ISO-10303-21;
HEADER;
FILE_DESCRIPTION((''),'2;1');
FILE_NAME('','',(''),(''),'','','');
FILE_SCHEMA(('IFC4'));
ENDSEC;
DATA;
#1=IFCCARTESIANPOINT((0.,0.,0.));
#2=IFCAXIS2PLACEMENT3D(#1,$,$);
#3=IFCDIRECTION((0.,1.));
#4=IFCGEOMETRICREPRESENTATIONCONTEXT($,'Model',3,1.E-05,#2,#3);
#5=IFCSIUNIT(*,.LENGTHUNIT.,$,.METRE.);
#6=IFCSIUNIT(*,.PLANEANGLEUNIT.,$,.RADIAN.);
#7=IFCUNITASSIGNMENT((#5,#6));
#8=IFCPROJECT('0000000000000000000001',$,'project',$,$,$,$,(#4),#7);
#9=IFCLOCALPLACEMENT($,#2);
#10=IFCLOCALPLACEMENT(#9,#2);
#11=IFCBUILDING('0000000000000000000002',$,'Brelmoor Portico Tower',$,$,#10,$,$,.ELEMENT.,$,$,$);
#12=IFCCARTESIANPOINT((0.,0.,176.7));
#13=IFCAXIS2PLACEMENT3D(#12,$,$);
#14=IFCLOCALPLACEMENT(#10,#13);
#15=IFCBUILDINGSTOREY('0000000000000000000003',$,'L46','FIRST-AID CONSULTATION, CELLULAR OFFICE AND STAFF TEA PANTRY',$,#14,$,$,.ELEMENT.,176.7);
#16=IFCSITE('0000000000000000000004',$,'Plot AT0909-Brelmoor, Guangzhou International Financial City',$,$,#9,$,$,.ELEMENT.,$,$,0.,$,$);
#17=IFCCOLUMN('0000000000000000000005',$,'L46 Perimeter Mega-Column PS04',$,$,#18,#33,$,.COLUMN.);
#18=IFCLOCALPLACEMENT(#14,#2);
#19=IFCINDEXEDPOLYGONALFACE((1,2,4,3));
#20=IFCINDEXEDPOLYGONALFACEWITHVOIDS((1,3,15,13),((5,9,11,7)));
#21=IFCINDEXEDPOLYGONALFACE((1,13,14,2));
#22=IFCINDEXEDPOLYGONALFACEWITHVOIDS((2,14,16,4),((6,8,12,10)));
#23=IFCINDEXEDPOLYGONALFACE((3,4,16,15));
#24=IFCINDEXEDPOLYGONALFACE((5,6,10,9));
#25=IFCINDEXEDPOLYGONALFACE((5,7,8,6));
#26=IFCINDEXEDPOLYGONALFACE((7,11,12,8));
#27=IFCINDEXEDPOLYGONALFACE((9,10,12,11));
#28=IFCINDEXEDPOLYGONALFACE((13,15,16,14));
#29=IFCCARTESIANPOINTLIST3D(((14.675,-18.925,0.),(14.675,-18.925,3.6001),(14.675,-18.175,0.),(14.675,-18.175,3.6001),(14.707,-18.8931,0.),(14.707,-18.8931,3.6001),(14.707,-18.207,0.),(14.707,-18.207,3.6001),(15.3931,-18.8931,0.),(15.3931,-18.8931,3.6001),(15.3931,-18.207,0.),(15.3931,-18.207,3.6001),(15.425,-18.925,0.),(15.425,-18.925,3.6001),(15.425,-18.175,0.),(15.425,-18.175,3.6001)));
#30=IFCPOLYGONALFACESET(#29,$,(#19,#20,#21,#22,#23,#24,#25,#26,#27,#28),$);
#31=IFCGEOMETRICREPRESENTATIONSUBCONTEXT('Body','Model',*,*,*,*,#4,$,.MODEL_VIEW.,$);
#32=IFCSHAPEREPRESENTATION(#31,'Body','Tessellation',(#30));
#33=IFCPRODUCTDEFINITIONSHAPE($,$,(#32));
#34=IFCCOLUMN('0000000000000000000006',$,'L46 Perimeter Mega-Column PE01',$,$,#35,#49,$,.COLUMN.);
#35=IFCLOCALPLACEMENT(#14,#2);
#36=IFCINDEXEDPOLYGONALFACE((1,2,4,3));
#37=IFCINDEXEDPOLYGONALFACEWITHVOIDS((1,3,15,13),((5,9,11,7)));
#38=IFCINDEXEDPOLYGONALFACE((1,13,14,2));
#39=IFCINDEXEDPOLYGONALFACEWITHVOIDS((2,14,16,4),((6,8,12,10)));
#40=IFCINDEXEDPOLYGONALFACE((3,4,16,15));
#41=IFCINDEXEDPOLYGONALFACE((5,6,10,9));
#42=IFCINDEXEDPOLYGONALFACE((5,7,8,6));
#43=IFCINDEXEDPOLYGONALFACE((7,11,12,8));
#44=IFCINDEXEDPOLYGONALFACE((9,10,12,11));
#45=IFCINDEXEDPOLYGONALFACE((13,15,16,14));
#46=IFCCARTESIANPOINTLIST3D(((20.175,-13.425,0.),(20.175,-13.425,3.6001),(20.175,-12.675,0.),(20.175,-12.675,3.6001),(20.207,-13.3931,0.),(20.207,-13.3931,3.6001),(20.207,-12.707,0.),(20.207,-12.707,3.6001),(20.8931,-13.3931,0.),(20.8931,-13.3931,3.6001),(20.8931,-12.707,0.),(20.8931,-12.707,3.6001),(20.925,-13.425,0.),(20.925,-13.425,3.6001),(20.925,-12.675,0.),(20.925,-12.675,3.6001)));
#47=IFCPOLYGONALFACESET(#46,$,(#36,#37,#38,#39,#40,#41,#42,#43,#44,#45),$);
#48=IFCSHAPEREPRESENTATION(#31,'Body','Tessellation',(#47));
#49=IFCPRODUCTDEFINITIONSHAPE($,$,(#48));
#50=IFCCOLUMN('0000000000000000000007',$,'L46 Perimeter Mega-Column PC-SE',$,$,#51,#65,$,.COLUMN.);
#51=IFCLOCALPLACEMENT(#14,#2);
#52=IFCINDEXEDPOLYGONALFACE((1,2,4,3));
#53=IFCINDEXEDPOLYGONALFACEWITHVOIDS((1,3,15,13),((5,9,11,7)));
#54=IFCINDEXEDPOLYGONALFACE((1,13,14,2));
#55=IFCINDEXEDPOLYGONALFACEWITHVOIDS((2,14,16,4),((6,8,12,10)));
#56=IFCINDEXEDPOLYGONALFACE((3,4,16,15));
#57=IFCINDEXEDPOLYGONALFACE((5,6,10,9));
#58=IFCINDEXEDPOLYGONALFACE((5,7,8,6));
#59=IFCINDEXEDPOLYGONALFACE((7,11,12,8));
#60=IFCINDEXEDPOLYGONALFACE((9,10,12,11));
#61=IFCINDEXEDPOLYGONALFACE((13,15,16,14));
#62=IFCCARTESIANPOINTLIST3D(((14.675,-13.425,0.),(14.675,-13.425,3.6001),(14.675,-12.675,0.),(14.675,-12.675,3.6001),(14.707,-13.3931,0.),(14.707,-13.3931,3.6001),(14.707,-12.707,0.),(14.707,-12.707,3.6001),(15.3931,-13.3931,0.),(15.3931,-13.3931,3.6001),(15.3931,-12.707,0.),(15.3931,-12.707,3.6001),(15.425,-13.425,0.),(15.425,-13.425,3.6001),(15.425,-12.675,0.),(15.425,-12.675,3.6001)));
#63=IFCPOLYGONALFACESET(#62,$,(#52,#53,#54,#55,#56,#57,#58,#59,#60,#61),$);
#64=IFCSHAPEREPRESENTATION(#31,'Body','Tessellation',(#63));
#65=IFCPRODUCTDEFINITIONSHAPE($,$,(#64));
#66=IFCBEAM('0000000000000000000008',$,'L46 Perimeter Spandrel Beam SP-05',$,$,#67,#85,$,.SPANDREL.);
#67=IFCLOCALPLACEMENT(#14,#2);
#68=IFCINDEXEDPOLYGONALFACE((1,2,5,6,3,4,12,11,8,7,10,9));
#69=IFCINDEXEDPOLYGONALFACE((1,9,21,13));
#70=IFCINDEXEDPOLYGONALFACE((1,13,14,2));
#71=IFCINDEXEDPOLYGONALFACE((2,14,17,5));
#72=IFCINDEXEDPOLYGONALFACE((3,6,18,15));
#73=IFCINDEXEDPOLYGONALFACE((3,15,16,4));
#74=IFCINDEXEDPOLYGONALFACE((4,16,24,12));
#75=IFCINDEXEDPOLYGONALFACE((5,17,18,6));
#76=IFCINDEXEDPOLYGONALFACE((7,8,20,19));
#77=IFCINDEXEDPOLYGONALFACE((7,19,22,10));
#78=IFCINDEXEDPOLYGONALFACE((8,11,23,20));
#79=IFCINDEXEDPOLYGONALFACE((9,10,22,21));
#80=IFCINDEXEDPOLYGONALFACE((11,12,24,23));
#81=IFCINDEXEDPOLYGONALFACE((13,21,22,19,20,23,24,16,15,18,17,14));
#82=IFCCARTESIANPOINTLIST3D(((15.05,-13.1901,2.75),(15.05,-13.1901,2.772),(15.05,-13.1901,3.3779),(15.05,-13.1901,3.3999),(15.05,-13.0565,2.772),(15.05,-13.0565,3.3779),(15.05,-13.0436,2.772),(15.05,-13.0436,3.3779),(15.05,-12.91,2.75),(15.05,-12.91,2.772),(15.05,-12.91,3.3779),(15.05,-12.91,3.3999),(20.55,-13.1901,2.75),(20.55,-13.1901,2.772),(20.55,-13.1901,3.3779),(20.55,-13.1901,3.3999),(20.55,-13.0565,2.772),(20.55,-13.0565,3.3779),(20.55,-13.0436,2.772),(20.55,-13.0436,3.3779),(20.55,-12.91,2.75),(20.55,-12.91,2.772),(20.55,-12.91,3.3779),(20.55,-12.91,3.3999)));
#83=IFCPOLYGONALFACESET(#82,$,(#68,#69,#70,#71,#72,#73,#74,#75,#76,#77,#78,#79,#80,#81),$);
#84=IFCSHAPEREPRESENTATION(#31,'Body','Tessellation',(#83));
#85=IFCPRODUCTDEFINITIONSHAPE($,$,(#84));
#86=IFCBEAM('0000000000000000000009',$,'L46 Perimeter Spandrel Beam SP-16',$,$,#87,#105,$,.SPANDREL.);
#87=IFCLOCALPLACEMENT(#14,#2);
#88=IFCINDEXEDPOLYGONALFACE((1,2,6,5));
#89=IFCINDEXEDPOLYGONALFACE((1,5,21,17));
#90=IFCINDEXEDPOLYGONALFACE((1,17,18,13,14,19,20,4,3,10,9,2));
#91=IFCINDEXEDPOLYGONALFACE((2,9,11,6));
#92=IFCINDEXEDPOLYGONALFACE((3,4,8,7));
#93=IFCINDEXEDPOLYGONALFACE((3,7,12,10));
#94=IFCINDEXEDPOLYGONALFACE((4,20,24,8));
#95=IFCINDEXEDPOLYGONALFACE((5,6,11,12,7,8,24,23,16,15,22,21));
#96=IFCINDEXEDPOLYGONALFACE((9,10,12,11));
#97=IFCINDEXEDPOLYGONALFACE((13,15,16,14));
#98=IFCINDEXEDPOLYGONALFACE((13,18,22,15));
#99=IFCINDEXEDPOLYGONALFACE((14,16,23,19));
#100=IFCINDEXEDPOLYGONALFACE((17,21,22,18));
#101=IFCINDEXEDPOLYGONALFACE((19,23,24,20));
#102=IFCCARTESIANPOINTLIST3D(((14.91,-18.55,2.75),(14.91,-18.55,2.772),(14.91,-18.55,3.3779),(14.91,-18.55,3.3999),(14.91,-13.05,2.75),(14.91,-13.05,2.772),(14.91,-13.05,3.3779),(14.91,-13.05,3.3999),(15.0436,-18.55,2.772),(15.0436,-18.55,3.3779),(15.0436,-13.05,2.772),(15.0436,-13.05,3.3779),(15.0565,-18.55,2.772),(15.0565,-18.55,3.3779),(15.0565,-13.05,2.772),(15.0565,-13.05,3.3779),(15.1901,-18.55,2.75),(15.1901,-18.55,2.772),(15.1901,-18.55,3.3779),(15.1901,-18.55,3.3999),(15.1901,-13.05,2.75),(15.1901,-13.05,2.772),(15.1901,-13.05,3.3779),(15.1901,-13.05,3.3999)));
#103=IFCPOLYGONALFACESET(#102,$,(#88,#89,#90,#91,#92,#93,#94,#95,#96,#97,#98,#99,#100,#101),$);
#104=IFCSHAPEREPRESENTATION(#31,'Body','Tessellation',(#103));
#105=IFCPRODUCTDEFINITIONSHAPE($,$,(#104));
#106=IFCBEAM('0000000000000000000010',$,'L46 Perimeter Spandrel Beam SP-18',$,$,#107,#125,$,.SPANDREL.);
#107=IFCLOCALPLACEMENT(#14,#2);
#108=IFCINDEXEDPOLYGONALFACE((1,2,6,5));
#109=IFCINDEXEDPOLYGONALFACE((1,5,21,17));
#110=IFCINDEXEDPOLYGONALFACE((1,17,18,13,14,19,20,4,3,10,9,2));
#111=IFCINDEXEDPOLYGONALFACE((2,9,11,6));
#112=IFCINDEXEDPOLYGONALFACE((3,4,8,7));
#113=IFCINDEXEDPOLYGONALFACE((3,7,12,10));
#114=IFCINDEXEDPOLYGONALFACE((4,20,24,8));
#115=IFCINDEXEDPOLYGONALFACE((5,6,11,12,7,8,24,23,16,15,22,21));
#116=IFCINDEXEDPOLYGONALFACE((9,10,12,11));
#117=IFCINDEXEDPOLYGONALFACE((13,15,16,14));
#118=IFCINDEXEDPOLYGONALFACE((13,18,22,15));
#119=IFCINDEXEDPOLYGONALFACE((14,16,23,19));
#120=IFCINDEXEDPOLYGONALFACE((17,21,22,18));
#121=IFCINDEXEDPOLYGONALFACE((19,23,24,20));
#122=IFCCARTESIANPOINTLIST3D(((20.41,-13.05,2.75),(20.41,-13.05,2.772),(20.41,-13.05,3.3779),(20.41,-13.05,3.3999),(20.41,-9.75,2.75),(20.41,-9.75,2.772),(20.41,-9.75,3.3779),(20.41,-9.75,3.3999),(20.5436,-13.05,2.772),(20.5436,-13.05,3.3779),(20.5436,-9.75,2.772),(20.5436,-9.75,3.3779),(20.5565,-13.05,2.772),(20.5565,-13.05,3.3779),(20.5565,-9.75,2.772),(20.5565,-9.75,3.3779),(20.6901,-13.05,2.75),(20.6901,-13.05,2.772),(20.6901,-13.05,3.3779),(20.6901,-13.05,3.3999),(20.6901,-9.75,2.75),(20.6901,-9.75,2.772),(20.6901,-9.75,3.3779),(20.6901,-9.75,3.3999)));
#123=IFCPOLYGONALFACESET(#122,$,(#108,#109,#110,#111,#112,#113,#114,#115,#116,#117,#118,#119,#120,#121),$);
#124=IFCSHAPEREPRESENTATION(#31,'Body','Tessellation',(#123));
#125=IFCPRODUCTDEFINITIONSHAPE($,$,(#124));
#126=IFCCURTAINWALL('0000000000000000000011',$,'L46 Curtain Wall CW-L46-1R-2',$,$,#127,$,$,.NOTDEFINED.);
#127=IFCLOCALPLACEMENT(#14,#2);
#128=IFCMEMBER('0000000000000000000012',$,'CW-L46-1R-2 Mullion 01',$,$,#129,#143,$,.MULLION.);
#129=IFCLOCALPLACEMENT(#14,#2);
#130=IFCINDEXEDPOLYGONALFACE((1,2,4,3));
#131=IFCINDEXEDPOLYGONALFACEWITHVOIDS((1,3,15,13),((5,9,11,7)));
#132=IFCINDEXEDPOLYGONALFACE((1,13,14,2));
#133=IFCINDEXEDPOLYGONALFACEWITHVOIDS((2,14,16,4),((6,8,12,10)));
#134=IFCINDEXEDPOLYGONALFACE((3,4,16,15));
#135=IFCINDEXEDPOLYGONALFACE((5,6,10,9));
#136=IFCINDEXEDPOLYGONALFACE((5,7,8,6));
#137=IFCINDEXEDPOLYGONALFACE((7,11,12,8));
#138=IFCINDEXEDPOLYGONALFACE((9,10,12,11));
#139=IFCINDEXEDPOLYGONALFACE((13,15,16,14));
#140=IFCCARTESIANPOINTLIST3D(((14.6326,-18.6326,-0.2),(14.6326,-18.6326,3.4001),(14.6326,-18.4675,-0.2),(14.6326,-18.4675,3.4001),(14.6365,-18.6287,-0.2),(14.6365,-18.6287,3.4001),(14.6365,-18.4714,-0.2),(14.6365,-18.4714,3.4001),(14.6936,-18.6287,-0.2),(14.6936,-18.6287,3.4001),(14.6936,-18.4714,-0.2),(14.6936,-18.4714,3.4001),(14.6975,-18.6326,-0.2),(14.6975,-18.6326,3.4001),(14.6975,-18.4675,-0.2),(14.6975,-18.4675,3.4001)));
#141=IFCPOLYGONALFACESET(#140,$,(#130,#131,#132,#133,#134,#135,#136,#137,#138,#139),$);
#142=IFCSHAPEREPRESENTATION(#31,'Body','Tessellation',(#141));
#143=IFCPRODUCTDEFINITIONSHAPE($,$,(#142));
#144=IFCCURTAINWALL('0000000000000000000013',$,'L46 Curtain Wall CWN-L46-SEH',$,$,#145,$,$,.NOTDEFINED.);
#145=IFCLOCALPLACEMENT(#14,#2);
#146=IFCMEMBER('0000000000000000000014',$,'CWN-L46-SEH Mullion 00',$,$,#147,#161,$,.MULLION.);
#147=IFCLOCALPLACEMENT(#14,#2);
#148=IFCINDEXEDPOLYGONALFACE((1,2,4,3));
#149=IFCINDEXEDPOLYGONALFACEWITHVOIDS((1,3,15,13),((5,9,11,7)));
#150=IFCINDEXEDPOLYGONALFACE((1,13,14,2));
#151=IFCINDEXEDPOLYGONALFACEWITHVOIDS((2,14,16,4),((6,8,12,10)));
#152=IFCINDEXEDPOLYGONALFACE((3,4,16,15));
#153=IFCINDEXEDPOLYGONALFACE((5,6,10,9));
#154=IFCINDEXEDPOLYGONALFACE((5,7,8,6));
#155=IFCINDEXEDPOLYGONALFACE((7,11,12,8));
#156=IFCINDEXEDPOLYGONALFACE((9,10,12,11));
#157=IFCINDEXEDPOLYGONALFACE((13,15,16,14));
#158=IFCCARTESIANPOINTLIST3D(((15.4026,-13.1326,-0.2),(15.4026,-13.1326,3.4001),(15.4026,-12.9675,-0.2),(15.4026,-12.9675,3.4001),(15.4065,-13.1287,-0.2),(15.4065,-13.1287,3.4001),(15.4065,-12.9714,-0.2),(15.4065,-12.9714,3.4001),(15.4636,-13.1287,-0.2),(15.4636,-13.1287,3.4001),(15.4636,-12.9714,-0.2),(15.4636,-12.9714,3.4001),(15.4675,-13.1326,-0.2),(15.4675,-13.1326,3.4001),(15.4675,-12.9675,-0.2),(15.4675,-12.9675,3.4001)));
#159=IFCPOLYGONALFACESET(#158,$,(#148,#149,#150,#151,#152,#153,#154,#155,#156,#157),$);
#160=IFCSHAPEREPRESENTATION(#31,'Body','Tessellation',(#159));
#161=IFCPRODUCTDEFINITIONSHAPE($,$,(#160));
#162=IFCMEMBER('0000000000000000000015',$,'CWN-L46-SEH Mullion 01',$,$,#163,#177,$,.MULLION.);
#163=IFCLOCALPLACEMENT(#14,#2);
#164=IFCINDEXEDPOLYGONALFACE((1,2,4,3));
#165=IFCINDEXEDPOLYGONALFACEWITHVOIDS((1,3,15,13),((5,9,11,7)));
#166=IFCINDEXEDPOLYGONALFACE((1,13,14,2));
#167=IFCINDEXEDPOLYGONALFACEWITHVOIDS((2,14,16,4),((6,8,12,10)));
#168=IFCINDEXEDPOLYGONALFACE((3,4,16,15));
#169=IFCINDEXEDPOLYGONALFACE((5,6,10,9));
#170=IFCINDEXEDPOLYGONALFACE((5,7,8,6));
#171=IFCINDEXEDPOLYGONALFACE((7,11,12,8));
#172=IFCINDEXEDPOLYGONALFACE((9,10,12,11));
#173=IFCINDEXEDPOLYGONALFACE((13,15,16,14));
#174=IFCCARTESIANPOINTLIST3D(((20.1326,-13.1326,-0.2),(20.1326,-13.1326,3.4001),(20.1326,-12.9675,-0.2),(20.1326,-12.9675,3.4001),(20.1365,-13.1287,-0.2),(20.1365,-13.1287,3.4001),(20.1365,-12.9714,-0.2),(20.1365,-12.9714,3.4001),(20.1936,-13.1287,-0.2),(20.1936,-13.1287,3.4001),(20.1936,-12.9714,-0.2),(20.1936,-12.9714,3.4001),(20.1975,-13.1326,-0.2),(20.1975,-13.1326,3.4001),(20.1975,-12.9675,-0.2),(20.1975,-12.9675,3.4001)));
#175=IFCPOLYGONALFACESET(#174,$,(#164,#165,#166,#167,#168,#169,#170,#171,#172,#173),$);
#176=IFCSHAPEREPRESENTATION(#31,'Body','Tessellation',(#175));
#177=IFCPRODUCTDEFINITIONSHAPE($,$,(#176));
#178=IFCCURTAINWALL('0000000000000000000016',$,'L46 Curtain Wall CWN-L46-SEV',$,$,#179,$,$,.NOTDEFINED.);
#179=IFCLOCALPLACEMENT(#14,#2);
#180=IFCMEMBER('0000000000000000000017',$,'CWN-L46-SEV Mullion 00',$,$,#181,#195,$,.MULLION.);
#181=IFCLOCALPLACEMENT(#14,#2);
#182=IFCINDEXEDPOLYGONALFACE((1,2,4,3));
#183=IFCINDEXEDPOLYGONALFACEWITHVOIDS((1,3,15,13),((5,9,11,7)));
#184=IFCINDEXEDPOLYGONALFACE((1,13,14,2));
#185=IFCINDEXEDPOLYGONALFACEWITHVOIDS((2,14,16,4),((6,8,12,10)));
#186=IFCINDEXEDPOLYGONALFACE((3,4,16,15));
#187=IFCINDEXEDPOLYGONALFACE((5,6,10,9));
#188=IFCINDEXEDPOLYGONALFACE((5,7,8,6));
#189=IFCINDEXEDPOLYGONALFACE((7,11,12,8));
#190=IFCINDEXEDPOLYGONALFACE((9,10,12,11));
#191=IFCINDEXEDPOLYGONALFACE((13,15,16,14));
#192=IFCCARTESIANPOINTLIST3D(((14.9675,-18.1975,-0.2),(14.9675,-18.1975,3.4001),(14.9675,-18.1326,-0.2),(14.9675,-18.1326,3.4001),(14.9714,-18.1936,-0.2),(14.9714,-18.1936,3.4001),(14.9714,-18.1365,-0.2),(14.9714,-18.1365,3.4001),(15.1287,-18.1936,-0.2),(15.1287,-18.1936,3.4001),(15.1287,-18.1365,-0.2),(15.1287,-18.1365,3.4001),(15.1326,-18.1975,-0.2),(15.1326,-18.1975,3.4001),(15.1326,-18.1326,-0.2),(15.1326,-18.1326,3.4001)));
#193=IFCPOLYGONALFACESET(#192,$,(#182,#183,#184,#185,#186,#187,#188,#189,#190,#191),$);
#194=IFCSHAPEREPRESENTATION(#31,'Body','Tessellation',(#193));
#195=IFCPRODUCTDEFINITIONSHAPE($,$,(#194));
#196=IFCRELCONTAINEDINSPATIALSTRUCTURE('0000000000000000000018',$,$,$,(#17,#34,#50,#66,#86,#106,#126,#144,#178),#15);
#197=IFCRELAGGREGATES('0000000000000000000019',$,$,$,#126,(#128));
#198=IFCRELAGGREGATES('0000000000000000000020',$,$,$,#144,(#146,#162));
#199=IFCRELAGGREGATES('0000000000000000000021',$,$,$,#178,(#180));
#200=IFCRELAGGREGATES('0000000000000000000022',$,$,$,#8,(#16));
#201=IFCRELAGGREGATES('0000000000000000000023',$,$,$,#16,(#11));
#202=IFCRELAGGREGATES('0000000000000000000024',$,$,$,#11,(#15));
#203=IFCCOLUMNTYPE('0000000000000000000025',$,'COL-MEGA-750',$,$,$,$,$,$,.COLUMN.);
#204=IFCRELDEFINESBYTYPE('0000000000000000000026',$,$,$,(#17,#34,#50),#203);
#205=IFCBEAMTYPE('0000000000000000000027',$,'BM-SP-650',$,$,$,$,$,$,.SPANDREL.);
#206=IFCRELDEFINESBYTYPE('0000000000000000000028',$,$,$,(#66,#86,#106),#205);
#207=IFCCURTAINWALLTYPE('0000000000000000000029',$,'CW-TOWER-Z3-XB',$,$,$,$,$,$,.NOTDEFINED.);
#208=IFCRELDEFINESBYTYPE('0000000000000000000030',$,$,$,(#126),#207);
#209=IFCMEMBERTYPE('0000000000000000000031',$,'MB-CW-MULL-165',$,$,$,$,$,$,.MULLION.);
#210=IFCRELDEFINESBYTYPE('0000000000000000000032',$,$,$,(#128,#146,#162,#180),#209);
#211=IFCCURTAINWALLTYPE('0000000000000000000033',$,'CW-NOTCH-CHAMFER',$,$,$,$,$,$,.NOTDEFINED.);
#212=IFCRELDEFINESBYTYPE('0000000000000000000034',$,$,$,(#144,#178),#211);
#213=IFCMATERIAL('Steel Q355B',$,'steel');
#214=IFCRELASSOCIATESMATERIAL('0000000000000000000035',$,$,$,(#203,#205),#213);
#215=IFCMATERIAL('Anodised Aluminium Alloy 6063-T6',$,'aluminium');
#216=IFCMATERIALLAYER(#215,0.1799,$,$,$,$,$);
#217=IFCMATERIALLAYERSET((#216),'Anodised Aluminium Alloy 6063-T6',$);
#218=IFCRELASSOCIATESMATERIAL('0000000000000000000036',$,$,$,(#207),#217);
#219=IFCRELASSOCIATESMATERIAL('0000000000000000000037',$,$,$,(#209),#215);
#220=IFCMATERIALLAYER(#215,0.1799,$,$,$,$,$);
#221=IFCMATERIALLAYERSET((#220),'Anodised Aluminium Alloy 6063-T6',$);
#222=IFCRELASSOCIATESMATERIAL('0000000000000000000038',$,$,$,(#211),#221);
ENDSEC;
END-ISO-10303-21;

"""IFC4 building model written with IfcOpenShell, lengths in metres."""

from ifc_helpers import new_model, si_unit, direction, frame, origin, origin_2d, place, context, subcontext, project, spatial, hollow_rectangle, i_section, extrude, material, layer, layer_set, material_profile, profile_set, type_object, element, aggregate, save


model = new_model("IFC4")

# Units and contexts
model_context = context("Model", 3, precision=1e-05, world=origin(), true_north=direction((0.0, 1.0)))
body_context = subcontext(model_context, "Body", "Model", "MODEL_VIEW")
ifc_project = project(units=[si_unit("LENGTHUNIT", "METRE"), si_unit("PLANEANGLEUNIT", "RADIAN")], contexts=[model_context])

# Site, building, storey
site_placement = place(None, origin())
site = spatial("IfcSite", under=ifc_project, at=site_placement, Name="Plot AT0909-Brelmoor, Guangzhou International Financial City", CompositionType="ELEMENT", RefElevation=0.0)
building_placement = place(site_placement, origin())
building = spatial("IfcBuilding", under=site, at=building_placement, Name="Brelmoor Portico Tower", CompositionType="ELEMENT")
storey_placement = place(building_placement, frame((0.0, 0.0, 176.7)))
storey = spatial("IfcBuildingStorey", under=building, at=storey_placement, Name="L46", Description="FIRST-AID CONSULTATION, CELLULAR OFFICE AND STAFF TEA PANTRY", CompositionType="ELEMENT", Elevation=176.7)

# Columns
ifc_material_1 = material(Name="Steel Q355B", Category="steel")
ifc_material_profile_1 = material_profile(ifc_material_1, hollow_rectangle(XDim=0.75, YDim=0.75, WallThickness=0.032, at=origin_2d()), Name="BOX 750x750x32")
ifc_profile_set_1 = profile_set([ifc_material_profile_1], Name="Steel Q355B")
column_type = type_object("IfcColumnType", Name="COL-MEGA-750", PredefinedType="COLUMN", material=ifc_profile_set_1)
for number, where, z_axis, x_axis, name in (
    (1, (15.05, -18.55, 0.0), (0.0, 0.0, 1.0), (1.0, 0.0, 0.0), "L46 Perimeter Mega-Column PS04"),
    (2, (20.55, -13.05, 0.0), (0.0, 0.0, 1.0), (0.0, 1.0, 0.0), "L46 Perimeter Mega-Column PE01"),
    (3, (15.05, -13.05, 0.0), (0.0, 0.0, 1.0), (1.0, 0.0, 0.0), "L46 Perimeter Mega-Column PC-SE"),
):
    element("IfcColumn", number, at=place(storey_placement, frame(where, z_axis=z_axis, x_axis=x_axis)), inside=storey, type_object=column_type, Name=name, PredefinedType="COLUMN", context=body_context, shape_type="SweptSolid", body=[
        extrude(hollow_rectangle(XDim=0.75, YDim=0.75, WallThickness=0.032, at=origin_2d()), origin(), (0.0, 0.0, 1.0), 3.6001),
    ])

# Beams
ifc_material_profile_2 = material_profile(ifc_material_1, i_section(OverallWidth=0.28, OverallDepth=0.6499, WebThickness=0.0129, FlangeThickness=0.022, at=origin_2d()), Name="HN 650x280x13x22")
ifc_profile_set_2 = profile_set([ifc_material_profile_2], Name="Steel Q355B")
beam_type = type_object("IfcBeamType", Name="BM-SP-650", PredefinedType="SPANDREL", material=ifc_profile_set_2)
for number, where, z_axis, x_axis, name in (
    (4, (15.05, -13.05, 3.075), (1.0, 0.0, 0.0), (0.0, 1.0, 0.0), "L46 Perimeter Spandrel Beam SP-05"),
    (5, (15.05, -18.55, 3.075), (0.0, 1.0, 0.0), (-1.0, 0.0, 0.0), "L46 Perimeter Spandrel Beam SP-16"),
):
    element("IfcBeam", number, at=place(storey_placement, frame(where, z_axis=z_axis, x_axis=x_axis)), inside=storey, type_object=beam_type, Name=name, PredefinedType="SPANDREL", context=body_context, shape_type="SweptSolid", body=[
        extrude(i_section(OverallWidth=0.28, OverallDepth=0.6499, WebThickness=0.0129, FlangeThickness=0.022, at=origin_2d()), origin(), (0.0, 0.0, 1.0), 5.5),
    ])
beam_placement = place(storey_placement, frame((20.55, -13.05, 3.075), z_axis=(0.0, 1.0, 0.0), x_axis=(-1.0, 0.0, 0.0)))
element("IfcBeam", 6, at=beam_placement, inside=storey, type_object=beam_type, Name="L46 Perimeter Spandrel Beam SP-18", PredefinedType="SPANDREL", context=body_context, shape_type="SweptSolid", body=[
    extrude(i_section(OverallWidth=0.28, OverallDepth=0.6499, WebThickness=0.0129, FlangeThickness=0.022, at=origin_2d()), origin(), (0.0, 0.0, 1.0), 3.3),
])

# Curtain wall, member
ifc_material_2 = material(Name="Anodised Aluminium Alloy 6063-T6", Category="aluminium")
ifc_layer_1 = layer(ifc_material_2, 0.1799)
ifc_layer_set_1 = layer_set([ifc_layer_1], Name="Anodised Aluminium Alloy 6063-T6")
curtain_wall_type_1 = type_object("IfcCurtainWallType", Name="CW-TOWER-Z3-XB", PredefinedType="NOTDEFINED", material=ifc_layer_set_1)
curtain_wall_1_placement = place(storey_placement, origin())
curtain_wall_1 = element("IfcCurtainWall", 7, at=curtain_wall_1_placement, inside=storey, type_object=curtain_wall_type_1, Name="L46 Curtain Wall CW-L46-1R-2", PredefinedType="NOTDEFINED")
ifc_material_profile_3 = material_profile(ifc_material_2, hollow_rectangle(XDim=0.0649, YDim=0.165, WallThickness=0.0039, at=origin_2d()), Name="ALU MULLION 65x165")
ifc_profile_set_3 = profile_set([ifc_material_profile_3], Name="Anodised Aluminium Alloy 6063-T6")
member_type_1 = type_object("IfcMemberType", Name="MB-CW-MULL-165", PredefinedType="MULLION", material=ifc_profile_set_3)
member_1_placement = place(storey_placement, frame((14.665, -18.55, -0.2), z_axis=(0.0, 0.0, 1.0), x_axis=(1.0, 0.0, 0.0)))
member_1 = element("IfcMember", 8, at=member_1_placement, type_object=member_type_1, Name="CW-L46-1R-2 Mullion 01", PredefinedType="MULLION", context=body_context, shape_type="SweptSolid", body=[
    extrude(hollow_rectangle(XDim=0.0649, YDim=0.165, WallThickness=0.0039, at=origin_2d()), origin(), (0.0, 0.0, 1.0), 3.6001),
])

# Curtain walls, members
ifc_layer_2 = layer(ifc_material_2, 0.1799)
ifc_layer_set_2 = layer_set([ifc_layer_2], Name="Anodised Aluminium Alloy 6063-T6")
curtain_wall_type_2 = type_object("IfcCurtainWallType", Name="CW-NOTCH-CHAMFER", PredefinedType="NOTDEFINED", material=ifc_layer_set_2)
curtain_wall_2_placement = place(storey_placement, origin())
curtain_wall_2 = element("IfcCurtainWall", 9, at=curtain_wall_2_placement, inside=storey, type_object=curtain_wall_type_2, Name="L46 Curtain Wall CWN-L46-SEH", PredefinedType="NOTDEFINED")
member_2_placement = place(storey_placement, frame((15.4351, -13.05, -0.2), z_axis=(0.0, 0.0, 1.0), x_axis=(1.0, 0.0, 0.0)))
member_2 = element("IfcMember", 10, at=member_2_placement, type_object=member_type_1, Name="CWN-L46-SEH Mullion 00", PredefinedType="MULLION", context=body_context, shape_type="SweptSolid", body=[
    extrude(hollow_rectangle(XDim=0.0649, YDim=0.165, WallThickness=0.0039, at=origin_2d()), origin(), (0.0, 0.0, 1.0), 3.6001),
])
member_3_placement = place(storey_placement, frame((20.165, -13.05, -0.2), z_axis=(0.0, 0.0, 1.0), x_axis=(1.0, 0.0, 0.0)))
member_3 = element("IfcMember", 11, at=member_3_placement, type_object=member_type_1, Name="CWN-L46-SEH Mullion 01", PredefinedType="MULLION", context=body_context, shape_type="SweptSolid", body=[
    extrude(hollow_rectangle(XDim=0.0649, YDim=0.165, WallThickness=0.0039, at=origin_2d()), origin(), (0.0, 0.0, 1.0), 3.6001),
])
curtain_wall_3_placement = place(storey_placement, origin())
curtain_wall_3 = element("IfcCurtainWall", 12, at=curtain_wall_3_placement, inside=storey, type_object=curtain_wall_type_2, Name="L46 Curtain Wall CWN-L46-SEV", PredefinedType="NOTDEFINED")
member_4_placement = place(storey_placement, frame((15.05, -18.165, -0.2), z_axis=(0.0, 0.0, 1.0), x_axis=(0.0, 1.0, 0.0)))
member_4 = element("IfcMember", 13, at=member_4_placement, type_object=member_type_1, Name="CWN-L46-SEV Mullion 00", PredefinedType="MULLION", context=body_context, shape_type="SweptSolid", body=[
    extrude(hollow_rectangle(XDim=0.0649, YDim=0.165, WallThickness=0.0039, at=origin_2d()), origin(), (0.0, 0.0, 1.0), 3.6001),
])

aggregate(curtain_wall_1, [member_1])
aggregate(curtain_wall_2, [member_2, member_3])
aggregate(curtain_wall_3, [member_4])

save(model, "model.ifc")
